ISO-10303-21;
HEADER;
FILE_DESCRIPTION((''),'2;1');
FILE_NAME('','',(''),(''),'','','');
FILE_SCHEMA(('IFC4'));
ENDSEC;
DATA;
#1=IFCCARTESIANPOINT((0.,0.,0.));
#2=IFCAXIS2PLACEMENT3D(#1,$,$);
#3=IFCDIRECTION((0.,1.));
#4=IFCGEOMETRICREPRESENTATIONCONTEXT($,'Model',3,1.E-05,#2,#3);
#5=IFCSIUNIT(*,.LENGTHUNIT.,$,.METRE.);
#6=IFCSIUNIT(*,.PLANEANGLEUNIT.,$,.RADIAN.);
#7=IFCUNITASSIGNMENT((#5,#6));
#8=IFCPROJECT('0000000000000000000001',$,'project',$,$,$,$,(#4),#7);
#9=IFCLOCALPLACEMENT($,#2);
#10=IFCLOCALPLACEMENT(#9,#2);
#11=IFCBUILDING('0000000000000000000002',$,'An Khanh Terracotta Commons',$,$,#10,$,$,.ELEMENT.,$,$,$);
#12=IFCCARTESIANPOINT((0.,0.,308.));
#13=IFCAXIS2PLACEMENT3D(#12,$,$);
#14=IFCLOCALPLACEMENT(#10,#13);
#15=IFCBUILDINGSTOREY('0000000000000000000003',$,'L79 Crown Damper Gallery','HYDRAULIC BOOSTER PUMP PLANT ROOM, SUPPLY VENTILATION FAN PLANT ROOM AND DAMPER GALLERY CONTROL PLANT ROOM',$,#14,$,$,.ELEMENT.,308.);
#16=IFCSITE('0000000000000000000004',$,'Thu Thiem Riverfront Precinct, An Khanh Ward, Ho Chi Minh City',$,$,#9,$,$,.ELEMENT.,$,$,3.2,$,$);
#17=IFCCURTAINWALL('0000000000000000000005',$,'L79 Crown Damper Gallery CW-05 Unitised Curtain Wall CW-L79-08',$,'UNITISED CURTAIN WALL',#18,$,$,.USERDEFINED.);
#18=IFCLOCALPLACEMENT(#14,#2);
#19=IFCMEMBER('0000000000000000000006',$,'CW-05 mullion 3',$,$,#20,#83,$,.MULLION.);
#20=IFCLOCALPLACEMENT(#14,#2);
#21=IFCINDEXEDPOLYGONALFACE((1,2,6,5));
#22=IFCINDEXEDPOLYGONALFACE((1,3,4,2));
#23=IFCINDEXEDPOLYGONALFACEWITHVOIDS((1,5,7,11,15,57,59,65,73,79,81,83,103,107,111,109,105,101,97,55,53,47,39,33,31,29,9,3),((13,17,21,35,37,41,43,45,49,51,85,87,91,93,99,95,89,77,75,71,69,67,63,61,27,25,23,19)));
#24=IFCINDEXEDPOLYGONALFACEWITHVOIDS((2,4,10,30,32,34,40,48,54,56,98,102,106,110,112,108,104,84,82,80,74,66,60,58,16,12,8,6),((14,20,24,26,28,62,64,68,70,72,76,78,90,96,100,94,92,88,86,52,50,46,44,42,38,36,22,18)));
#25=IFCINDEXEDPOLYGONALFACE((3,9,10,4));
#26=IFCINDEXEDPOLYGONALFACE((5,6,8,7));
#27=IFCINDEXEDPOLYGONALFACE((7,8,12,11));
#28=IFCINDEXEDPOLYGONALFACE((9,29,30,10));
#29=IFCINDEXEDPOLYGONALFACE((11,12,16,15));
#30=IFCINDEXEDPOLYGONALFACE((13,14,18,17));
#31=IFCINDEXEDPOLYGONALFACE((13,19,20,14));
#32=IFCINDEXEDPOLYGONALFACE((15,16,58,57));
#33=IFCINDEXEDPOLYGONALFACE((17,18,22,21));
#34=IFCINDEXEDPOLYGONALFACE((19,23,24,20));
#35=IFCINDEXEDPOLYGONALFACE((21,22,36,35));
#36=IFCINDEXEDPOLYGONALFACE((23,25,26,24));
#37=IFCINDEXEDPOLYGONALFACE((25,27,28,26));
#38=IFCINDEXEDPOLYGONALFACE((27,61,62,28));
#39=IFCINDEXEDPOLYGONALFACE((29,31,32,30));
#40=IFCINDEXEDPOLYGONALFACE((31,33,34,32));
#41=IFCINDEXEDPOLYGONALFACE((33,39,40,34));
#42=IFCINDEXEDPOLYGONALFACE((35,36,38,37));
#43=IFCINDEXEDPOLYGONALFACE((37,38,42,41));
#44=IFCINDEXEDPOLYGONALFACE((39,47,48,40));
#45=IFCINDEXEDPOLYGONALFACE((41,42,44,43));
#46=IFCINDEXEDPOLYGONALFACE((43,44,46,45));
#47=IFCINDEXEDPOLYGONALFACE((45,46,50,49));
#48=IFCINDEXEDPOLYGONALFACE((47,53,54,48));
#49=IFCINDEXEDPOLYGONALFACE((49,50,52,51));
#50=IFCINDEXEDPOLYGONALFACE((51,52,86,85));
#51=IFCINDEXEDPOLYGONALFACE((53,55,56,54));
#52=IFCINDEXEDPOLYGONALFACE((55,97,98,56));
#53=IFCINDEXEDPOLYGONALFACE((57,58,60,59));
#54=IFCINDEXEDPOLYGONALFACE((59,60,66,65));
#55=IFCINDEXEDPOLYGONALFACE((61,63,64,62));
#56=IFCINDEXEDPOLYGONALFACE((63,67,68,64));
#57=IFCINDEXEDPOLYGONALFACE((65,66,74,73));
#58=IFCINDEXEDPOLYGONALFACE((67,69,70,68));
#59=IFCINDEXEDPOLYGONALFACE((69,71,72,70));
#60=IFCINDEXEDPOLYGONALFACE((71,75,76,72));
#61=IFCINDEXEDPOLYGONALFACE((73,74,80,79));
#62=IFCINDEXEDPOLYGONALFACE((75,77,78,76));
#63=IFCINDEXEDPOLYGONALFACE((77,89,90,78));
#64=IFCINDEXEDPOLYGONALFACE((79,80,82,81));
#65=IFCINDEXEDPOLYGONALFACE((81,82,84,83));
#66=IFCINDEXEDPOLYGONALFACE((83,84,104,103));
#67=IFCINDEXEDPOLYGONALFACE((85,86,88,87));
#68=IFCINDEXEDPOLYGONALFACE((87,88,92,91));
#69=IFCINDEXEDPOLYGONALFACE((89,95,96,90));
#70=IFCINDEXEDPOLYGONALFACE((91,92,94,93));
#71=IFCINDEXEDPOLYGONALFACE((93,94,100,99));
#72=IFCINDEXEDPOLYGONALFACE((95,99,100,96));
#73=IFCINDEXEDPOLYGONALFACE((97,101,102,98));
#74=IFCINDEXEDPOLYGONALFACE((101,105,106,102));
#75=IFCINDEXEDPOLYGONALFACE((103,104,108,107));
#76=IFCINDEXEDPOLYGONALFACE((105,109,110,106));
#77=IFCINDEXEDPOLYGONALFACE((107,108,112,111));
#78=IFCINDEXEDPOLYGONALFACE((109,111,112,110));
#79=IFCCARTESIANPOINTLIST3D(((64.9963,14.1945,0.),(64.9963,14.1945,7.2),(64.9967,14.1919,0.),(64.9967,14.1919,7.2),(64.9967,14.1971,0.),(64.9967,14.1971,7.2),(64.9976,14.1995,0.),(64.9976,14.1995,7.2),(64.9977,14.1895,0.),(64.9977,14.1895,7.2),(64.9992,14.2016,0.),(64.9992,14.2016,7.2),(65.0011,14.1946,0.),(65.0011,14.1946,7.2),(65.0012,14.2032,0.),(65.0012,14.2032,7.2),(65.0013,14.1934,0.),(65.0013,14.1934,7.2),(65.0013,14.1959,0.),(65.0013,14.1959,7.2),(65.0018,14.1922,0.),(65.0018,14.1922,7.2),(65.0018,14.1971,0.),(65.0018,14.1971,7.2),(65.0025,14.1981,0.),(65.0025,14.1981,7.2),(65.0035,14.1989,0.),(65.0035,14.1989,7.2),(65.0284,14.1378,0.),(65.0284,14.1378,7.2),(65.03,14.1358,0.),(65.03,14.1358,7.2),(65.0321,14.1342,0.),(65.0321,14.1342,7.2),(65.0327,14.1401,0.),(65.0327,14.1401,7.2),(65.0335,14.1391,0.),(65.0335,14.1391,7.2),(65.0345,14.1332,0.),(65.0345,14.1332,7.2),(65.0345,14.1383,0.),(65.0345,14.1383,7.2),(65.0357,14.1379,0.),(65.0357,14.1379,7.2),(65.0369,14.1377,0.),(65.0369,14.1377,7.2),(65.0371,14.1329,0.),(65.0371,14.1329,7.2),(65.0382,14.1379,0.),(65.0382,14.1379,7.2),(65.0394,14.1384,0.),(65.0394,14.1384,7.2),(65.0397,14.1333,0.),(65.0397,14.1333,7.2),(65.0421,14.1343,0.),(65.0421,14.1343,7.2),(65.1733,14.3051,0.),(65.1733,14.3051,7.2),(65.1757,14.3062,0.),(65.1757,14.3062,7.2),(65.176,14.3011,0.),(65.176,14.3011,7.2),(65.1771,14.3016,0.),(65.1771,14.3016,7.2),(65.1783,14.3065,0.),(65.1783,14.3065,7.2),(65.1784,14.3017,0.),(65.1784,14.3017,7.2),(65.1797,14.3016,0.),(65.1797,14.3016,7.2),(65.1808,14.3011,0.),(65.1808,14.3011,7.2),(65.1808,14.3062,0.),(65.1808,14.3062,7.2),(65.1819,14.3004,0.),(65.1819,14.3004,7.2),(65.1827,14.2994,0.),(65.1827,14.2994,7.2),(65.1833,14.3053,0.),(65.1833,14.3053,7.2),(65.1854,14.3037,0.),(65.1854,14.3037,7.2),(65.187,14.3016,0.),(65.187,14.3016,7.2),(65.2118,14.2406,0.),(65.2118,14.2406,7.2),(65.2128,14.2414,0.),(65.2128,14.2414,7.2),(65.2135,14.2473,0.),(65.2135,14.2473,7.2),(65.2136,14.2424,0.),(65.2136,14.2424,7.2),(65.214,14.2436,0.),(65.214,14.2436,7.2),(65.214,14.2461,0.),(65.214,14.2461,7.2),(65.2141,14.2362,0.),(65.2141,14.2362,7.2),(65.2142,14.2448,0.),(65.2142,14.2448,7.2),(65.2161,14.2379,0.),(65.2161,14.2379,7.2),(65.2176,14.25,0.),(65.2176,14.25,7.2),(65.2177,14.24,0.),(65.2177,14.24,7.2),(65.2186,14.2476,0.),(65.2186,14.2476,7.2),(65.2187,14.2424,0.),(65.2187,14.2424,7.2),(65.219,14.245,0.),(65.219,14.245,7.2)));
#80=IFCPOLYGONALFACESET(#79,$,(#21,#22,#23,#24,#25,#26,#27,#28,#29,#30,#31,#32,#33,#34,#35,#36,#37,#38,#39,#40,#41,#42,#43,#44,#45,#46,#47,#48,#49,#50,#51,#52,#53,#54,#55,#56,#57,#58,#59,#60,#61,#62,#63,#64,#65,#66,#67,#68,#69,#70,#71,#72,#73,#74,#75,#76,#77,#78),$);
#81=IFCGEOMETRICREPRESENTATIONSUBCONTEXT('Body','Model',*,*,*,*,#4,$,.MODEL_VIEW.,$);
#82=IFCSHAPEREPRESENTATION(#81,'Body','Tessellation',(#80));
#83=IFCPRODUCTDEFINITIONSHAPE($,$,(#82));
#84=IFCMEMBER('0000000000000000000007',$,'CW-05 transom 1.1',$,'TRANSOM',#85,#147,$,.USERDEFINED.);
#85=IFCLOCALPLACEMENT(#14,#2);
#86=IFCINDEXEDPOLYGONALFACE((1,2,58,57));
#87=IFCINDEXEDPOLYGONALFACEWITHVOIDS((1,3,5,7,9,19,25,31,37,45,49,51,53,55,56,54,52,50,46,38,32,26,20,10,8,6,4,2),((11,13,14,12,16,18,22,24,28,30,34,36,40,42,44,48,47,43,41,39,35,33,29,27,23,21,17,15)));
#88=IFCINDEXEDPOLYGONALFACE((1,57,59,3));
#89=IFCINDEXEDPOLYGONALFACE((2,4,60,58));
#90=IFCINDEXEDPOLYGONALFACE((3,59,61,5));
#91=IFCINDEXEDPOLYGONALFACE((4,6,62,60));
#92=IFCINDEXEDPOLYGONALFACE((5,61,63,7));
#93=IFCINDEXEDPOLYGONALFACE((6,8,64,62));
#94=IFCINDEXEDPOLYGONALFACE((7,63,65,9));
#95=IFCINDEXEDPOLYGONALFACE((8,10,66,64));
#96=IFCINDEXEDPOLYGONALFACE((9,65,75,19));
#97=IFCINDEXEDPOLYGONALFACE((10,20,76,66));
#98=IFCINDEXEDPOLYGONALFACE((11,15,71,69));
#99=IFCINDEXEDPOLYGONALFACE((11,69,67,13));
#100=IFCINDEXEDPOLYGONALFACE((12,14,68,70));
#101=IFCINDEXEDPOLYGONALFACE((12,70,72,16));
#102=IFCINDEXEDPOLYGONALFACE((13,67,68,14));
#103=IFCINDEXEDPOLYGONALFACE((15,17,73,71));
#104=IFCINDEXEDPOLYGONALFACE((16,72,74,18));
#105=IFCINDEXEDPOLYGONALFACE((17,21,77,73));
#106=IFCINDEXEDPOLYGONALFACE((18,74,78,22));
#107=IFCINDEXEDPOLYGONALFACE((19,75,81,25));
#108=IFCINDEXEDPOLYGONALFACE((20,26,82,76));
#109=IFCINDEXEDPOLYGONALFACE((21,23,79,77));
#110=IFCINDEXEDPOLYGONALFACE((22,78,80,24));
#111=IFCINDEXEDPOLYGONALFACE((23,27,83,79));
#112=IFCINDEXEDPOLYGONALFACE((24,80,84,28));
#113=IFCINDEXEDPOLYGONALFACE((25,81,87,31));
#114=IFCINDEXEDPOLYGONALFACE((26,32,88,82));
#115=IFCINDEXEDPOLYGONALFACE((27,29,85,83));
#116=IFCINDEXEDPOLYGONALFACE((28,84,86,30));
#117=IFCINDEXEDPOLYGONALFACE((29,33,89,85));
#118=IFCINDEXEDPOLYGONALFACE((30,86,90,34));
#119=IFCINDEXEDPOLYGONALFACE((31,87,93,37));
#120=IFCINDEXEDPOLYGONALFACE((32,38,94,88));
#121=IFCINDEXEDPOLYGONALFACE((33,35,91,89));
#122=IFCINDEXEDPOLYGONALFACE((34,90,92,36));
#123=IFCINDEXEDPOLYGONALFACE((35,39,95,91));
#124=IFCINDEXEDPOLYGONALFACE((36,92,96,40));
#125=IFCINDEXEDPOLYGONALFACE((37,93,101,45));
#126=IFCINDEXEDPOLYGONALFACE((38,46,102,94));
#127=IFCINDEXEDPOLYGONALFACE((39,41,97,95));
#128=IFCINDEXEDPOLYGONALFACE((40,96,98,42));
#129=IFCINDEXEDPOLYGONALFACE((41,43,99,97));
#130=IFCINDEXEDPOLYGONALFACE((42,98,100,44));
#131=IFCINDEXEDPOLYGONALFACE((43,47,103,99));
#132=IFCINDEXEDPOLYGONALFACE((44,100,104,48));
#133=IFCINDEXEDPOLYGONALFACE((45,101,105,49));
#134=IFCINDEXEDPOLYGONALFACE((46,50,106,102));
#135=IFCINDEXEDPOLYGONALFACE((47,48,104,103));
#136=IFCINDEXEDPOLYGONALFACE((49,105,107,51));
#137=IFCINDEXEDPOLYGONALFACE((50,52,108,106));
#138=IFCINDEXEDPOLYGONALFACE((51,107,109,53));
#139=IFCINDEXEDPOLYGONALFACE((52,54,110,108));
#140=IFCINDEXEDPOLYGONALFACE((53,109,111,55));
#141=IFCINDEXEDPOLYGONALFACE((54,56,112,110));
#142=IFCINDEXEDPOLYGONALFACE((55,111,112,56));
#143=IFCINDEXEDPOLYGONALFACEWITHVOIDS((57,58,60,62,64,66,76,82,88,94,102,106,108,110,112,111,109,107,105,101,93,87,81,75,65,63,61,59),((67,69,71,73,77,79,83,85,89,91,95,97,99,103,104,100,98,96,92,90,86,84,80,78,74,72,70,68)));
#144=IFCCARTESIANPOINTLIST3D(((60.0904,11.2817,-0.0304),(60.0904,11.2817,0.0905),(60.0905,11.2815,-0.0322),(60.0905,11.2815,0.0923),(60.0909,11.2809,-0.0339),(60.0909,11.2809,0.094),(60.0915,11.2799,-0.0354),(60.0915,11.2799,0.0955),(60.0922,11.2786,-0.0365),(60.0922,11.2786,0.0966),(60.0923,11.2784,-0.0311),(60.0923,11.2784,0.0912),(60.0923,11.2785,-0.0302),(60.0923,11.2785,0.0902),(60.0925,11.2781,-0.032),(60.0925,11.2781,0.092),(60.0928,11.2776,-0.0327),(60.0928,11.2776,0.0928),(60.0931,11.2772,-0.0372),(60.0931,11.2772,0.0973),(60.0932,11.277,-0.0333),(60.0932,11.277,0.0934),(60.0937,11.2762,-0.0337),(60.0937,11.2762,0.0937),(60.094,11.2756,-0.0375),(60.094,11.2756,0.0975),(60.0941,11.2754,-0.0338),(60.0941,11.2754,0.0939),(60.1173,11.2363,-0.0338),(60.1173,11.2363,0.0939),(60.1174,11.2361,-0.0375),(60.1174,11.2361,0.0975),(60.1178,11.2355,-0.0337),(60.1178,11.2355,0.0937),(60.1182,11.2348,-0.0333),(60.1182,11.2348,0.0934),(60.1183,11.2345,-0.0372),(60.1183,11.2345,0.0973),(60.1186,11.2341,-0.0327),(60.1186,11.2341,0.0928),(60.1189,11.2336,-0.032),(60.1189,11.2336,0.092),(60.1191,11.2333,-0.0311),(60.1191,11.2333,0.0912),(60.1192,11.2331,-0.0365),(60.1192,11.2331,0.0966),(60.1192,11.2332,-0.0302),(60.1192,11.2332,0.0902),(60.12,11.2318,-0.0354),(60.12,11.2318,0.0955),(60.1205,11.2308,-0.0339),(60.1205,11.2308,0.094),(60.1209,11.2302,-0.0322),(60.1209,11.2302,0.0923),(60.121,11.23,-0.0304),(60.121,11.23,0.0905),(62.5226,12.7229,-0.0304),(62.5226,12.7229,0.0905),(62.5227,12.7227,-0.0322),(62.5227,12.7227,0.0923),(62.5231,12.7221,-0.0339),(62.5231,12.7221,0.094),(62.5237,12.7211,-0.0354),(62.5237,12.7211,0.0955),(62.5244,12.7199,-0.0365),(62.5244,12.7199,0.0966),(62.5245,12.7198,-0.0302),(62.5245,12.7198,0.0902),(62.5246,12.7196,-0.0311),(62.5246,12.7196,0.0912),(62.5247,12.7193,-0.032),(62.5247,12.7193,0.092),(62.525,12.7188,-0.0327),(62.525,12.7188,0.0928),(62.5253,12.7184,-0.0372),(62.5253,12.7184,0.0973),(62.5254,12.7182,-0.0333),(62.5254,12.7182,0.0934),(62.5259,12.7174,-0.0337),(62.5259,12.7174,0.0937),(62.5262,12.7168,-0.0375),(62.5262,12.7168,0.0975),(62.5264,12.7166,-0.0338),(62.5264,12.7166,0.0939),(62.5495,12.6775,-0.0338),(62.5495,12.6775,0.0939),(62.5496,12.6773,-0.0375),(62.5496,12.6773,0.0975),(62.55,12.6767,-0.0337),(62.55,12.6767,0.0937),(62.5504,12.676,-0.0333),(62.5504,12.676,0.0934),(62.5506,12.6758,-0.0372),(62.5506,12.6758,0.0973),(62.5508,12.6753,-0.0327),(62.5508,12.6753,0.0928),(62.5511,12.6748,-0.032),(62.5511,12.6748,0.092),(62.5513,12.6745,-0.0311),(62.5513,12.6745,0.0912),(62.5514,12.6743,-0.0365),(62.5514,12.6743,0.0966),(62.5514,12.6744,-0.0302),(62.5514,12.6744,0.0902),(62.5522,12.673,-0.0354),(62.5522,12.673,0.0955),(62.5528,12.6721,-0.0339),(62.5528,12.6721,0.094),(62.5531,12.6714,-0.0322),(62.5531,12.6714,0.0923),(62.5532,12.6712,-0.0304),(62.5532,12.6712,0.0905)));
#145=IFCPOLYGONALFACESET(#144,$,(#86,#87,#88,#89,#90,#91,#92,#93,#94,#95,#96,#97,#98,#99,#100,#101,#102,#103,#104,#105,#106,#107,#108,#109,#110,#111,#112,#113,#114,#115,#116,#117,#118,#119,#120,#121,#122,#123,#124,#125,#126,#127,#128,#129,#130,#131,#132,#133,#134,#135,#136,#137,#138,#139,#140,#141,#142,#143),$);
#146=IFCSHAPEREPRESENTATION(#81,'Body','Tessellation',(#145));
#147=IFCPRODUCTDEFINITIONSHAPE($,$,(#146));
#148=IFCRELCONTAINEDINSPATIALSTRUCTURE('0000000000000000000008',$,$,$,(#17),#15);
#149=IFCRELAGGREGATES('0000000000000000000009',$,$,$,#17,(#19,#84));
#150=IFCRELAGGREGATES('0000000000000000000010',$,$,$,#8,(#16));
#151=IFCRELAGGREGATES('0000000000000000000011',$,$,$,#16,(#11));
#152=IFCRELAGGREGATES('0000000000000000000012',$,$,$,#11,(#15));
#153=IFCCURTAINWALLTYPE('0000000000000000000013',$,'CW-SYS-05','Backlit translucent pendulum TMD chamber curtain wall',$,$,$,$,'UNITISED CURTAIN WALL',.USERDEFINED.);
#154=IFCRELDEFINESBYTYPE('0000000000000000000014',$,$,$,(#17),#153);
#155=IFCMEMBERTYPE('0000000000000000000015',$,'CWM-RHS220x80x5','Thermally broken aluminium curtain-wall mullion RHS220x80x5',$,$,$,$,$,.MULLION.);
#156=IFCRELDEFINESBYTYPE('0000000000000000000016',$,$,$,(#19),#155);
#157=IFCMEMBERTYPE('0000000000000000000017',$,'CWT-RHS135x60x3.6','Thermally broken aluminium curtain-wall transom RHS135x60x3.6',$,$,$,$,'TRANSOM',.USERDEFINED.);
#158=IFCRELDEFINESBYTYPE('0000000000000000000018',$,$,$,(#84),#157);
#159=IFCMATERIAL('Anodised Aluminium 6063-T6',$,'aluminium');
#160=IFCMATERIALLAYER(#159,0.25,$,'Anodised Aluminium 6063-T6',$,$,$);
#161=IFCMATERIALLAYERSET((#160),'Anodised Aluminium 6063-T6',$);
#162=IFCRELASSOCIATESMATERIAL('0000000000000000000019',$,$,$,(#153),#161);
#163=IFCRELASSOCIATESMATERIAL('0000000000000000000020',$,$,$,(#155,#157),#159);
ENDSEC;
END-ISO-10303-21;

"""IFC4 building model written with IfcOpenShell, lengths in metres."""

from ifc_helpers import new_model, si_unit, direction, frame, origin, origin_2d, place, context, subcontext, project, spatial, hollow_rectangle, extrude, material, layer, layer_set, material_profile, profile_set, type_object, element, aggregate, save


model = new_model("IFC4")

# Units and contexts
model_context = context("Model", 3, precision=1e-05, world=origin(), true_north=direction((0.0, 1.0)))
body_context = subcontext(model_context, "Body", "Model", "MODEL_VIEW")
ifc_project = project(units=[si_unit("LENGTHUNIT", "METRE"), si_unit("PLANEANGLEUNIT", "RADIAN")], contexts=[model_context])

# Site, building, storey
site_placement = place(None, origin())
site = spatial("IfcSite", under=ifc_project, at=site_placement, Name="Thu Thiem Riverfront Precinct, An Khanh Ward, Ho Chi Minh City", CompositionType="ELEMENT", RefElevation=3.2)
building_placement = place(site_placement, origin())
building = spatial("IfcBuilding", under=site, at=building_placement, Name="An Khanh Terracotta Commons", CompositionType="ELEMENT")
storey_placement = place(building_placement, frame((0.0, 0.0, 308.0)))
storey = spatial("IfcBuildingStorey", under=building, at=storey_placement, Name="L79 Crown Damper Gallery", Description="HYDRAULIC BOOSTER PUMP PLANT ROOM, SUPPLY VENTILATION FAN PLANT ROOM AND DAMPER GALLERY CONTROL PLANT ROOM", CompositionType="ELEMENT", Elevation=308.0)

# Curtain wall, members
ifc_material_1 = material(Name="Anodised Aluminium 6063-T6", Category="aluminium")
ifc_layer_1 = layer(ifc_material_1, 0.25, Name="Anodised Aluminium 6063-T6")
ifc_layer_set_1 = layer_set([ifc_layer_1], Name="Anodised Aluminium 6063-T6")
curtain_wall_type = type_object("IfcCurtainWallType", Name="CW-SYS-05", Description="Backlit translucent pendulum TMD chamber curtain wall", ElementType="UNITISED CURTAIN WALL", PredefinedType="USERDEFINED", material=ifc_layer_set_1)
curtain_wall_placement = place(storey_placement, origin())
curtain_wall = element("IfcCurtainWall", 1, at=curtain_wall_placement, inside=storey, type_object=curtain_wall_type, Name="L79 Crown Damper Gallery CW-05 Unitised Curtain Wall CW-L79-08", ObjectType="UNITISED CURTAIN WALL", PredefinedType="USERDEFINED")
ifc_material_profile_1 = material_profile(ifc_material_1, hollow_rectangle(XDim=0.0801, YDim=0.22, WallThickness=0.0049, InnerFilletRadius=0.0049, OuterFilletRadius=0.01, at=origin_2d()), Name="RHS220x80x5")
ifc_profile_set_1 = profile_set([ifc_material_profile_1], Name="Anodised Aluminium 6063-T6")
member_type_1 = type_object("IfcMemberType", Name="CWM-RHS220x80x5", Description="Thermally broken aluminium curtain-wall mullion RHS220x80x5", PredefinedType="MULLION", material=ifc_profile_set_1)
member_1_placement = place(storey_placement, frame((65.1077, 14.2197, 0.0), z_axis=(0.0, 0.0, 1.0), x_axis=(-0.509781, 0.860304, 0.0)))
member_1 = element("IfcMember", 2, at=member_1_placement, type_object=member_type_1, Name="CW-05 mullion 3", PredefinedType="MULLION", context=body_context, shape_type="SweptSolid", body=[
    extrude(hollow_rectangle(XDim=0.0801, YDim=0.22, WallThickness=0.0049, InnerFilletRadius=0.0049, OuterFilletRadius=0.01, at=origin_2d()), origin(), (0.0, 0.0, 1.0), 7.2),
])
ifc_material_profile_2 = material_profile(ifc_material_1, hollow_rectangle(XDim=0.0601, YDim=0.135, WallThickness=0.0037, InnerFilletRadius=0.0037, OuterFilletRadius=0.0071, at=origin_2d()), Name="RHS135x60x3.6")
ifc_profile_set_2 = profile_set([ifc_material_profile_2], Name="Anodised Aluminium 6063-T6")
member_type_2 = type_object("IfcMemberType", Name="CWT-RHS135x60x3.6", Description="Thermally broken aluminium curtain-wall transom RHS135x60x3.6", ElementType="TRANSOM", PredefinedType="USERDEFINED", material=ifc_profile_set_2)
member_2_placement = place(storey_placement, frame((60.1057, 11.2559, 0.03), z_axis=(0.860307, 0.509776, 0.0), x_axis=(-0.509776, 0.860307, 0.0)))
member_2 = element("IfcMember", 3, at=member_2_placement, type_object=member_type_2, Name="CW-05 transom 1.1", ObjectType="TRANSOM", PredefinedType="USERDEFINED", context=body_context, shape_type="SweptSolid", body=[
    extrude(hollow_rectangle(XDim=0.0601, YDim=0.135, WallThickness=0.0037, InnerFilletRadius=0.0037, OuterFilletRadius=0.0071, at=origin_2d()), origin(), (0.0, 0.0, 1.0), 2.8271),
])
aggregate(curtain_wall, [member_1, member_2])

save(model, "model.ifc")
